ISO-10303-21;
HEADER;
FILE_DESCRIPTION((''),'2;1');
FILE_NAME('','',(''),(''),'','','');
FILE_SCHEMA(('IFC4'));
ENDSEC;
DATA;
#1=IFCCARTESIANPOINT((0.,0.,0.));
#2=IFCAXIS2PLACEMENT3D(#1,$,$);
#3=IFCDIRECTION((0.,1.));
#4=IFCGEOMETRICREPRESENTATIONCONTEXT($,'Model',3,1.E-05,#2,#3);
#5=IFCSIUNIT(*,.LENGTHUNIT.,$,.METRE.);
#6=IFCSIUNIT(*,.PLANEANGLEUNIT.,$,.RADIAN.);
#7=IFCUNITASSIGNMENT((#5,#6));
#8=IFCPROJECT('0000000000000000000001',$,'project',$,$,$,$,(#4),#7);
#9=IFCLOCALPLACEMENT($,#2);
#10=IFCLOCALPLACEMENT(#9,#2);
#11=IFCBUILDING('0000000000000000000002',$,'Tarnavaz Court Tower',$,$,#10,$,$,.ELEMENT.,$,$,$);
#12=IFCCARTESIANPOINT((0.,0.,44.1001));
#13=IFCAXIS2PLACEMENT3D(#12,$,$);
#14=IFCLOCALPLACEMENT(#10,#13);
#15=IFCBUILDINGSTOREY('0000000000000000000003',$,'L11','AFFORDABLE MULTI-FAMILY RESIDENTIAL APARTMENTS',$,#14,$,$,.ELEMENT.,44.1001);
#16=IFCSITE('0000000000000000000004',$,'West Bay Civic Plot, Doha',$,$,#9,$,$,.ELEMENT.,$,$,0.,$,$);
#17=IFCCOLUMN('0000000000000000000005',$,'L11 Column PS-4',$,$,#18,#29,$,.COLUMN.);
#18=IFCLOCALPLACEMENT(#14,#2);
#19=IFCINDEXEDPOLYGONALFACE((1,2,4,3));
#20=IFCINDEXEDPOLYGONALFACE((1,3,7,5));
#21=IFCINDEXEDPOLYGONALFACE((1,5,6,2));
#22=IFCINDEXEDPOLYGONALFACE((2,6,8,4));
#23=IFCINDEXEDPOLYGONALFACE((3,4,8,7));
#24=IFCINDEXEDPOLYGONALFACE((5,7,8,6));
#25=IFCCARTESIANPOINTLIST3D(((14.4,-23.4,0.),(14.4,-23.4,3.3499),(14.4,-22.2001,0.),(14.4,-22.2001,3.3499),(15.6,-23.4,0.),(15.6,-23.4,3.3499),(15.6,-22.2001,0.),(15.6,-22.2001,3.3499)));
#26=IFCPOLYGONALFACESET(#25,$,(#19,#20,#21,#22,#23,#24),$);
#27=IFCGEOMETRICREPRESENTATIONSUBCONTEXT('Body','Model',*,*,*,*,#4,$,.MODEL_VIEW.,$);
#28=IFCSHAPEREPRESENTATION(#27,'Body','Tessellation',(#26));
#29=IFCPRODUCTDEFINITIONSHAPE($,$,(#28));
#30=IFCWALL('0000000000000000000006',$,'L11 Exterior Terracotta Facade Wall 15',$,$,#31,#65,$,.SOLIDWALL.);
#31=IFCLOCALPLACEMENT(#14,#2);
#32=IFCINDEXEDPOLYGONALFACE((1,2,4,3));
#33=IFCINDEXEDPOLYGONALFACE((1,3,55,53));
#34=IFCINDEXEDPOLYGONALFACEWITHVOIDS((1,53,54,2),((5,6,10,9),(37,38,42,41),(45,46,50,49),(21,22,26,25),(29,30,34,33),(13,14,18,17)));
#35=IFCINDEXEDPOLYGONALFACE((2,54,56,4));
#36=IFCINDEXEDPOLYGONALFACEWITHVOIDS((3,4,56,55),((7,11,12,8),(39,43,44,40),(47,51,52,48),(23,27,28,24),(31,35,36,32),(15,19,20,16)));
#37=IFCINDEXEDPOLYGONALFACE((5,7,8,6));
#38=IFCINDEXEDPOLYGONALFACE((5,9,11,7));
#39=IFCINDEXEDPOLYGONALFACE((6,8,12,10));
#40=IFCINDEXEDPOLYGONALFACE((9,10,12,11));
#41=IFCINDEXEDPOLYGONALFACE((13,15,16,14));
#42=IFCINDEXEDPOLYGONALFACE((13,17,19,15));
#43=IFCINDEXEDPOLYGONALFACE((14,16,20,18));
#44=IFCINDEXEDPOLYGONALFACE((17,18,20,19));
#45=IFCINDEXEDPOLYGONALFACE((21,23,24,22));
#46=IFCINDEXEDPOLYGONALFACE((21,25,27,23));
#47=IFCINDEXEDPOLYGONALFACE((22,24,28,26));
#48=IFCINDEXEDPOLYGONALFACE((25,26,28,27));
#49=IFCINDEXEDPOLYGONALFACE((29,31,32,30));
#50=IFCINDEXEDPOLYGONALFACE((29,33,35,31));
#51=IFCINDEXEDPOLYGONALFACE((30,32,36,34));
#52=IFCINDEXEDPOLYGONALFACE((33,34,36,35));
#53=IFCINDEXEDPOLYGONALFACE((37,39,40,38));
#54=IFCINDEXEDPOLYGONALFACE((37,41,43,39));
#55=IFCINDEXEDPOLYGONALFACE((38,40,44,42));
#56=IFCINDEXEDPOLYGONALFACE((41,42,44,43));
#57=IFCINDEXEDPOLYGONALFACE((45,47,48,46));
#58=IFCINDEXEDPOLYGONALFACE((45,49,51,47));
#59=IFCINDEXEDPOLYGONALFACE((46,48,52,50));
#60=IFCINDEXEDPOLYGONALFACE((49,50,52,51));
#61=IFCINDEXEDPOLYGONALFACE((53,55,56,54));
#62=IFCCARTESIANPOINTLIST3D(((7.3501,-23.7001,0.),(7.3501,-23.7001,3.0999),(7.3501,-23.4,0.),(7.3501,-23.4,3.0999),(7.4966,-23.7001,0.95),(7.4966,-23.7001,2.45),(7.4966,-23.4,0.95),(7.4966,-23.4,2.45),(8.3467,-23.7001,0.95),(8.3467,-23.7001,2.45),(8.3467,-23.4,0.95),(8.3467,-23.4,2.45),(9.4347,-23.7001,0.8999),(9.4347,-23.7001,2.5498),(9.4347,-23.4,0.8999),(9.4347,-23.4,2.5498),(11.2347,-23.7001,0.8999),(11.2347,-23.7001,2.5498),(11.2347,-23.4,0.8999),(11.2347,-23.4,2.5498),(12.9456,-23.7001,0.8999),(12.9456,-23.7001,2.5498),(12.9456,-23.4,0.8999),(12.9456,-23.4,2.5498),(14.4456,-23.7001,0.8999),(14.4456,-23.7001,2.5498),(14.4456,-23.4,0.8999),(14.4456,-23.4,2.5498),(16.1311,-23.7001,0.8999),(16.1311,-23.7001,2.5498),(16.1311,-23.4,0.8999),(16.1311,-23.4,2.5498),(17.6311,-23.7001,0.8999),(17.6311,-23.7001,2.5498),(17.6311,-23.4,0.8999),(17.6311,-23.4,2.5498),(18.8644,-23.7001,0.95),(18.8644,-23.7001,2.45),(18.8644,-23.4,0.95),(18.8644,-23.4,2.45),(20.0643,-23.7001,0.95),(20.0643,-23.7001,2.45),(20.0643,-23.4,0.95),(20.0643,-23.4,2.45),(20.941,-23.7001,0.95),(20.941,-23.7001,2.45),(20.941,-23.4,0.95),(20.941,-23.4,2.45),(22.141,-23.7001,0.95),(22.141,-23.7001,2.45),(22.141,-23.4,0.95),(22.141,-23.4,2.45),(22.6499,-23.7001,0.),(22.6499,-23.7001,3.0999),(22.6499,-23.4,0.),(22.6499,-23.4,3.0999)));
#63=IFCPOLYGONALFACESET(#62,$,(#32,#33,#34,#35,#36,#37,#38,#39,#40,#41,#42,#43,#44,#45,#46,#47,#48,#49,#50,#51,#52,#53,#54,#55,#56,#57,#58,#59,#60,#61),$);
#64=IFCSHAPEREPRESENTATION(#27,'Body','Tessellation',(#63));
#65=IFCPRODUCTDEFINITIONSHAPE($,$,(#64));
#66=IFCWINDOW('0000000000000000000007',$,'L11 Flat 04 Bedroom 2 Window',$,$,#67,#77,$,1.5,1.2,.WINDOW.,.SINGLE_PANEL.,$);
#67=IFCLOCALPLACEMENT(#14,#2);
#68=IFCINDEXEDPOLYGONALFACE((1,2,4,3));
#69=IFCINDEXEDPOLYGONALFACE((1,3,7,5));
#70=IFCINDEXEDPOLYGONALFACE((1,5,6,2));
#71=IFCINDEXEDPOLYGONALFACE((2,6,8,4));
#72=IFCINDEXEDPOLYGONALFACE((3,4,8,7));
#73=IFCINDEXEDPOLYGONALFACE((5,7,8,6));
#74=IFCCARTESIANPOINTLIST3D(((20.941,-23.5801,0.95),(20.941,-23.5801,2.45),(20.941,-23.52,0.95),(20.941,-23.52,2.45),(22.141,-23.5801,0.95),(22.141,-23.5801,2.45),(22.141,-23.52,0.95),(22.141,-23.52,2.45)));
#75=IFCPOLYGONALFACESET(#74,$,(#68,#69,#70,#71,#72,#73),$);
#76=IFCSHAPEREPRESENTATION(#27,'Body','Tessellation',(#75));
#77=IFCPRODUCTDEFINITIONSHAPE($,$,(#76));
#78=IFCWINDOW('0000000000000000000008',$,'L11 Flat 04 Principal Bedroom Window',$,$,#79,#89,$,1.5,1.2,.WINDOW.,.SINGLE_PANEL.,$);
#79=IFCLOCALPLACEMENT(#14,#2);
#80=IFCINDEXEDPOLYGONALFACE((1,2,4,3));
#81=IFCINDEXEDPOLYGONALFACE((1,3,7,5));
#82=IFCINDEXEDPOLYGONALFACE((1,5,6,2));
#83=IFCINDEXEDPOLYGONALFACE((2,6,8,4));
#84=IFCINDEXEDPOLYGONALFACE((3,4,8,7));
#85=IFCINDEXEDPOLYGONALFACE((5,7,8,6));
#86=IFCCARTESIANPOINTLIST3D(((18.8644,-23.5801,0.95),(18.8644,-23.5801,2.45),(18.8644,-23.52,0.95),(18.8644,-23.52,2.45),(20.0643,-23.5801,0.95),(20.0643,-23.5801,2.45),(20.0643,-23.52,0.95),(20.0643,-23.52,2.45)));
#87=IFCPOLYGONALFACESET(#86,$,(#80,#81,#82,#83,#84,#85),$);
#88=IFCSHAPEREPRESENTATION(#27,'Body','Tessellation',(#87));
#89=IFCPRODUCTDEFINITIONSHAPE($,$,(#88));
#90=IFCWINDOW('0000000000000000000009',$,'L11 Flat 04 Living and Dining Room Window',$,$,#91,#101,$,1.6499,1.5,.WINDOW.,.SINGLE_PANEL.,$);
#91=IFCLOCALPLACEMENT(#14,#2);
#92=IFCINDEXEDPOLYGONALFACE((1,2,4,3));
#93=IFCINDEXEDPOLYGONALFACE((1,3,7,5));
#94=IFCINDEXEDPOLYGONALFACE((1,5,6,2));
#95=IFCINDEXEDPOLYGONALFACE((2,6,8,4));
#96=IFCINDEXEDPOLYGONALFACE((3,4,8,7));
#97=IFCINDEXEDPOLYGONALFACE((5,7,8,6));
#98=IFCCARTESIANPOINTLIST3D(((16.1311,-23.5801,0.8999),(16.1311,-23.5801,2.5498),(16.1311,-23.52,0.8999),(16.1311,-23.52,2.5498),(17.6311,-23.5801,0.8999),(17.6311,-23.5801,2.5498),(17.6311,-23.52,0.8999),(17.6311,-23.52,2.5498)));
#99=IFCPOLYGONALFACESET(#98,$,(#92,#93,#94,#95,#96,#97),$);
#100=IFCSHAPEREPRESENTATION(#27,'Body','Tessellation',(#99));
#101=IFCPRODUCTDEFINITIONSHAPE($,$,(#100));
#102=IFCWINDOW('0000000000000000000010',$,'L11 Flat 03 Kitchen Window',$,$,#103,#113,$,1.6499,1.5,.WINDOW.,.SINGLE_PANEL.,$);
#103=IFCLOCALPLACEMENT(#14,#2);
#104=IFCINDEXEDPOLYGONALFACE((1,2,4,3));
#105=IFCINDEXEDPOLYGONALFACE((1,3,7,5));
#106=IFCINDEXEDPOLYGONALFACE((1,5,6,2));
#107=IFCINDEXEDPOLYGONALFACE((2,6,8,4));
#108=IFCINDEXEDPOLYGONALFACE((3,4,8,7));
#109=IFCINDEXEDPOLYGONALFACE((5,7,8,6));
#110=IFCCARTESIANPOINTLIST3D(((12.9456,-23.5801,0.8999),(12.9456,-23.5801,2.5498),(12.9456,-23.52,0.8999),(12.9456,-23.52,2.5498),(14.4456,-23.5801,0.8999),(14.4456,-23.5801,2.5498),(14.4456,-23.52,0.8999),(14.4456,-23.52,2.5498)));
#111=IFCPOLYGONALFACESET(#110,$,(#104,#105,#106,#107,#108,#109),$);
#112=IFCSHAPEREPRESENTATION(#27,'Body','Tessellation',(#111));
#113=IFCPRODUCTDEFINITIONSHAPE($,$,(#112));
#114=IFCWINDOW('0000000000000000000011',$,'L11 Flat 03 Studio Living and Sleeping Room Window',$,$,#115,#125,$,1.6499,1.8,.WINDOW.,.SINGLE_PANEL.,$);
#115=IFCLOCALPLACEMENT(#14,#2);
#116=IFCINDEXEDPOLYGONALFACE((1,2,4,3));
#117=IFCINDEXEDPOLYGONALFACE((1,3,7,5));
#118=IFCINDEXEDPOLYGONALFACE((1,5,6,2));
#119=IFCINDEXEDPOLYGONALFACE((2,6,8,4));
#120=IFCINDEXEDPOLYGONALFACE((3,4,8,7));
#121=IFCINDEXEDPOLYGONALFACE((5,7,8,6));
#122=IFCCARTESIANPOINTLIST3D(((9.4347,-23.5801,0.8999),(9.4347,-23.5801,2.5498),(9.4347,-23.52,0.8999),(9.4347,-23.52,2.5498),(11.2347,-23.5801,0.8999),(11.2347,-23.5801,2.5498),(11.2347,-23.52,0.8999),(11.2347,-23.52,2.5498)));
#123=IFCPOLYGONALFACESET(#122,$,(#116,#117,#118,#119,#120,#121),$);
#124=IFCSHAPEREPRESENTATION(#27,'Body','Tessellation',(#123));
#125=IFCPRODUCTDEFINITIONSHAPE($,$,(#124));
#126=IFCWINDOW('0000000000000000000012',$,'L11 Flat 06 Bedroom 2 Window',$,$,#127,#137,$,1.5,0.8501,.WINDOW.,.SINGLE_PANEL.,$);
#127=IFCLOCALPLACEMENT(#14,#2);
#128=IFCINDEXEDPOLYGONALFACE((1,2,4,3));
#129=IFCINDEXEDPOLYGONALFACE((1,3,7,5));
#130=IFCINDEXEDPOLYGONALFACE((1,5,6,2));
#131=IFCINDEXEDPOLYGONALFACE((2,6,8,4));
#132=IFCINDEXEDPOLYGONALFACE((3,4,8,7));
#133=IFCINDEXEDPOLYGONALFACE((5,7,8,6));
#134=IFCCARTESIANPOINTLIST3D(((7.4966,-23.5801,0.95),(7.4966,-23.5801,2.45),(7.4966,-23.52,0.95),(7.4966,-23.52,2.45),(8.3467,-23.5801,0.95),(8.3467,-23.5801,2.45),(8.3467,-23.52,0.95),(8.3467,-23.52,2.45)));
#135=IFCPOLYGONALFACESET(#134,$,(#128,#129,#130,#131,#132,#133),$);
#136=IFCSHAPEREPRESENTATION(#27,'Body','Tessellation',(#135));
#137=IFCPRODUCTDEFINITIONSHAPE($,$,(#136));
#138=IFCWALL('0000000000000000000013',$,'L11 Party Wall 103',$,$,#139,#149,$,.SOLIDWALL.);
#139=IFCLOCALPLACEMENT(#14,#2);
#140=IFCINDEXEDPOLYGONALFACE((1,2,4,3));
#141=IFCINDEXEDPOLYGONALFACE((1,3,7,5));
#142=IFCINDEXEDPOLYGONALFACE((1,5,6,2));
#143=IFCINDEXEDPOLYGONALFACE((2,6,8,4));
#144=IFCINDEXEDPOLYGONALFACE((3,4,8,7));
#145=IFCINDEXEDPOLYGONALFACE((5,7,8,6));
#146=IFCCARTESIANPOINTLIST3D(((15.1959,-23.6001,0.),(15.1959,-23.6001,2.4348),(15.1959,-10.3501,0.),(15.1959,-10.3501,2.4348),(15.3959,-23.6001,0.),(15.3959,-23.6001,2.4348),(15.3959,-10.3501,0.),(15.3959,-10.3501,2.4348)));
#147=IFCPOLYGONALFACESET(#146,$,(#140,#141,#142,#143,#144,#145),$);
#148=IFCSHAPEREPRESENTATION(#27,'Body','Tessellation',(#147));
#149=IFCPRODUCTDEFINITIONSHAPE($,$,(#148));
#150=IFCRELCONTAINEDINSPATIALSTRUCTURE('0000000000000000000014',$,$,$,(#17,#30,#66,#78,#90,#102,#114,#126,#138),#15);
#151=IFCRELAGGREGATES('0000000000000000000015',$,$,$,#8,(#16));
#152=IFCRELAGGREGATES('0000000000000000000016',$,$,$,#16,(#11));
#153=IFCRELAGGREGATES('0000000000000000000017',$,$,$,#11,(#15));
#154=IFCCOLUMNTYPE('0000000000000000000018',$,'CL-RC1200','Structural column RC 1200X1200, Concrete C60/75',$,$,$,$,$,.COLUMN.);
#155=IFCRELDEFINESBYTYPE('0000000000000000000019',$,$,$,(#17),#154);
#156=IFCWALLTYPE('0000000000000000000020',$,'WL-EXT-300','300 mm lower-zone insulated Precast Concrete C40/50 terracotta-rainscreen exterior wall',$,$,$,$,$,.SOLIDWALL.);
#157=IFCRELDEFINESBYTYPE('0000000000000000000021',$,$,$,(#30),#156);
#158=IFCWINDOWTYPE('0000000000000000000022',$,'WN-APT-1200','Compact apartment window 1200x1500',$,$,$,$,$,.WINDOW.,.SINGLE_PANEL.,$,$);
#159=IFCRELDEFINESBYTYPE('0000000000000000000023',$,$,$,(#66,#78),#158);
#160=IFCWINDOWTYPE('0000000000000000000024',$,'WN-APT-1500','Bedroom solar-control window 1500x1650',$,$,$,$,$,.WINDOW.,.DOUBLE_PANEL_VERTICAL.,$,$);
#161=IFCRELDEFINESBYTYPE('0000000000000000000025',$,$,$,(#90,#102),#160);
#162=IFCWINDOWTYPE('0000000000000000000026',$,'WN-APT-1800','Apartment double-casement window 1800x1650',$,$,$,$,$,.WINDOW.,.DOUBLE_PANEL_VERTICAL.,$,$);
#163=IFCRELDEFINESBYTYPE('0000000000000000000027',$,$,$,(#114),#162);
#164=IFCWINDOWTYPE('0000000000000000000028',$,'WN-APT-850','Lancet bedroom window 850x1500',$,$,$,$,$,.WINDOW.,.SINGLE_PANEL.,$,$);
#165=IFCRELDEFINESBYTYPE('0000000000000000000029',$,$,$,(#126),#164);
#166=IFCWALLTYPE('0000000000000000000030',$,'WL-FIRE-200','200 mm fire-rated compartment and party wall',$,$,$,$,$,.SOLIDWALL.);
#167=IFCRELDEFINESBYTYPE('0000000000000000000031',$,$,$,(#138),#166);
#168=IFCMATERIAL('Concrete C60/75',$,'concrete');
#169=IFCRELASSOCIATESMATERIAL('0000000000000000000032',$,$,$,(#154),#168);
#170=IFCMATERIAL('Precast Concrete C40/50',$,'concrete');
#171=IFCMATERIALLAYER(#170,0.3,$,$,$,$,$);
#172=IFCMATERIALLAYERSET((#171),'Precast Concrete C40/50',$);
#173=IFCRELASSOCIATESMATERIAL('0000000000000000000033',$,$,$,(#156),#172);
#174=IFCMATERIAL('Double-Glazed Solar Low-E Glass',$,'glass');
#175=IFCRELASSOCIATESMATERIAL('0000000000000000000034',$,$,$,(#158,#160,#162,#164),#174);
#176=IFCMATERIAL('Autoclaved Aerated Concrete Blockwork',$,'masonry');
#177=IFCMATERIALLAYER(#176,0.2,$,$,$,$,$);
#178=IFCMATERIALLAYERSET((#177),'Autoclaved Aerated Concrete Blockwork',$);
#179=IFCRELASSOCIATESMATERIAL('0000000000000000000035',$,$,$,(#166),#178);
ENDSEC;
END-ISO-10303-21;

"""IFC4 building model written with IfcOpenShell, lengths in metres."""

from ifc_helpers import new_model, si_unit, direction, frame, frame_2d, origin, origin_2d, place, context, subcontext, project, spatial, rectangle, extrude, material, layer, layer_set, material_profile, profile_set, type_object, element, fill, save


model = new_model("IFC4")

# Units and contexts
model_context = context("Model", 3, precision=1e-05, world=origin(), true_north=direction((0.0, 1.0)))
body_context = subcontext(model_context, "Body", "Model", "MODEL_VIEW")
ifc_project = project(units=[si_unit("LENGTHUNIT", "METRE"), si_unit("PLANEANGLEUNIT", "RADIAN")], contexts=[model_context])

# Site, building, storey
site_placement = place(None, origin())
site = spatial("IfcSite", under=ifc_project, at=site_placement, Name="West Bay Civic Plot, Doha", CompositionType="ELEMENT", RefElevation=0.0)
building_placement = place(site_placement, origin())
building = spatial("IfcBuilding", under=site, at=building_placement, Name="Tarnavaz Court Tower", CompositionType="ELEMENT")
storey_placement = place(building_placement, frame((0.0, 0.0, 44.1001)))
storey = spatial("IfcBuildingStorey", under=building, at=storey_placement, Name="L11", Description="AFFORDABLE MULTI-FAMILY RESIDENTIAL APARTMENTS", CompositionType="ELEMENT", Elevation=44.1001)

# Column
ifc_material_1 = material(Name="Concrete C60/75", Category="concrete")
ifc_material_profile_1 = material_profile(ifc_material_1, rectangle(XDim=1.2, YDim=1.2, at=origin_2d()), Name="RC 1200X1200")
ifc_profile_set_1 = profile_set([ifc_material_profile_1], Name="Concrete C60/75")
column_type = type_object("IfcColumnType", Name="CL-RC1200", Description="Structural column RC 1200X1200, Concrete C60/75", PredefinedType="COLUMN", material=ifc_profile_set_1)
column_placement = place(storey_placement, frame((15.0, -22.8, 0.0), z_axis=(0.0, 0.0, 1.0), x_axis=(1.0, 0.0, 0.0)))
element("IfcColumn", 1, at=column_placement, inside=storey, type_object=column_type, Name="L11 Column PS-4", PredefinedType="COLUMN", context=body_context, shape_type="SweptSolid", body=[
    extrude(rectangle(XDim=1.2, YDim=1.2, at=origin_2d()), origin(), (0.0, 0.0, 1.0), 3.3499),
])

# Wall, openings, windows
ifc_material_2 = material(Name="Precast Concrete C40/50", Category="concrete")
ifc_layer_1 = layer(ifc_material_2, 0.3)
ifc_layer_set_1 = layer_set([ifc_layer_1], Name="Precast Concrete C40/50")
wall_type_1 = type_object("IfcWallType", Name="WL-EXT-300", Description="300 mm lower-zone insulated Precast Concrete C40/50 terracotta-rainscreen exterior wall", PredefinedType="SOLIDWALL", material=ifc_layer_set_1)
wall_1_placement = place(storey_placement, frame((22.6499, -23.55, 0.0), z_axis=(0.0, 0.0, 1.0), x_axis=(-1.0, 0.0, 0.0)))
wall_1 = element("IfcWall", 2, at=wall_1_placement, inside=storey, type_object=wall_type_1, Name="L11 Exterior Terracotta Facade Wall 15", PredefinedType="SOLIDWALL", context=body_context, shape_type="SweptSolid", body=[
    extrude(rectangle(XDim=15.2998, YDim=0.3, at=frame_2d((7.6499, 0.0))), origin(), (0.0, 0.0, 1.0), 3.0999),
])
opening_1_placement = place(wall_1_placement, frame((0.5088, 0.0, 0.95)))
opening_1 = element("IfcOpeningElement", 3, at=opening_1_placement, cuts=wall_1, PredefinedType="OPENING", context=body_context, shape_type="SweptSolid", body=[
    extrude(rectangle(XDim=1.2, YDim=1.5, at=frame_2d((0.6001, 0.75))), frame((0.0, 0.1599, 0.0), z_axis=(0.0, -1.0, 0.0), x_axis=(1.0, 0.0, 0.0)), (0.0, 0.0, 1.0), 0.3201),
])
opening_2_placement = place(wall_1_placement, frame((2.5854, 0.0, 0.95)))
opening_2 = element("IfcOpeningElement", 4, at=opening_2_placement, cuts=wall_1, PredefinedType="OPENING", context=body_context, shape_type="SweptSolid", body=[
    extrude(rectangle(XDim=1.2, YDim=1.5, at=frame_2d((0.6001, 0.75))), frame((0.0, 0.1599, 0.0), z_axis=(0.0, -1.0, 0.0), x_axis=(1.0, 0.0, 0.0)), (0.0, 0.0, 1.0), 0.3201),
])
opening_3_placement = place(wall_1_placement, frame((5.0188, 0.0, 0.8999)))
opening_3 = element("IfcOpeningElement", 5, at=opening_3_placement, cuts=wall_1, PredefinedType="OPENING", context=body_context, shape_type="SweptSolid", body=[
    extrude(rectangle(XDim=1.5, YDim=1.6499, at=frame_2d((0.75, 0.825))), frame((0.0, 0.1599, 0.0), z_axis=(0.0, -1.0, 0.0), x_axis=(1.0, 0.0, 0.0)), (0.0, 0.0, 1.0), 0.3201),
])
opening_4_placement = place(wall_1_placement, frame((8.2043, 0.0, 0.8999)))
opening_4 = element("IfcOpeningElement", 6, at=opening_4_placement, cuts=wall_1, PredefinedType="OPENING", context=body_context, shape_type="SweptSolid", body=[
    extrude(rectangle(XDim=1.5, YDim=1.6499, at=frame_2d((0.75, 0.825))), frame((0.0, 0.1599, 0.0), z_axis=(0.0, -1.0, 0.0), x_axis=(1.0, 0.0, 0.0)), (0.0, 0.0, 1.0), 0.3201),
])
opening_5_placement = place(wall_1_placement, frame((11.4153, 0.0, 0.8999)))
opening_5 = element("IfcOpeningElement", 7, at=opening_5_placement, cuts=wall_1, PredefinedType="OPENING", context=body_context, shape_type="SweptSolid", body=[
    extrude(rectangle(XDim=1.8, YDim=1.6499, at=frame_2d((0.8999, 0.825))), frame((0.0, 0.1599, 0.0), z_axis=(0.0, -1.0, 0.0), x_axis=(1.0, 0.0, 0.0)), (0.0, 0.0, 1.0), 0.3201),
])
opening_6_placement = place(wall_1_placement, frame((14.3032, 0.0, 0.95)))
opening_6 = element("IfcOpeningElement", 8, at=opening_6_placement, cuts=wall_1, PredefinedType="OPENING", context=body_context, shape_type="SweptSolid", body=[
    extrude(rectangle(XDim=0.8501, YDim=1.5, at=frame_2d((0.425, 0.75))), frame((0.0, 0.1599, 0.0), z_axis=(0.0, -1.0, 0.0), x_axis=(1.0, 0.0, 0.0)), (0.0, 0.0, 1.0), 0.3201),
])
ifc_material_3 = material(Name="Double-Glazed Solar Low-E Glass", Category="glass")
window_type_1 = type_object("IfcWindowType", Name="WN-APT-1200", Description="Compact apartment window 1200x1500", PartitioningType="SINGLE_PANEL", PredefinedType="WINDOW", material=ifc_material_3)
window_1_placement = place(opening_1_placement, origin())
window_1 = element("IfcWindow", 9, at=window_1_placement, inside=storey, type_object=window_type_1, Name="L11 Flat 04 Bedroom 2 Window", OverallHeight=1.5, OverallWidth=1.2, PartitioningType="SINGLE_PANEL", PredefinedType="WINDOW", context=body_context, shape_type="SweptSolid", body=[
    extrude(rectangle(XDim=1.2, YDim=1.5, at=frame_2d((0.6001, 0.75))), frame((0.0, 0.03, 0.0), z_axis=(0.0, -1.0, 0.0), x_axis=(1.0, 0.0, 0.0)), (0.0, 0.0, 1.0), 0.0601),
])
fill(opening_1, window_1)
window_2_placement = place(opening_2_placement, origin())
window_2 = element("IfcWindow", 10, at=window_2_placement, inside=storey, type_object=window_type_1, Name="L11 Flat 04 Principal Bedroom Window", OverallHeight=1.5, OverallWidth=1.2, PartitioningType="SINGLE_PANEL", PredefinedType="WINDOW", context=body_context, shape_type="SweptSolid", body=[
    extrude(rectangle(XDim=1.2, YDim=1.5, at=frame_2d((0.6001, 0.75))), frame((0.0, 0.03, 0.0), z_axis=(0.0, -1.0, 0.0), x_axis=(1.0, 0.0, 0.0)), (0.0, 0.0, 1.0), 0.0601),
])
fill(opening_2, window_2)
window_type_2 = type_object("IfcWindowType", Name="WN-APT-1500", Description="Bedroom solar-control window 1500x1650", PartitioningType="DOUBLE_PANEL_VERTICAL", PredefinedType="WINDOW", material=ifc_material_3)
window_3_placement = place(opening_3_placement, origin())
window_3 = element("IfcWindow", 11, at=window_3_placement, inside=storey, type_object=window_type_2, Name="L11 Flat 04 Living and Dining Room Window", OverallHeight=1.6499, OverallWidth=1.5, PartitioningType="SINGLE_PANEL", PredefinedType="WINDOW", context=body_context, shape_type="SweptSolid", body=[
    extrude(rectangle(XDim=1.5, YDim=1.6499, at=frame_2d((0.75, 0.825))), frame((0.0, 0.03, 0.0), z_axis=(0.0, -1.0, 0.0), x_axis=(1.0, 0.0, 0.0)), (0.0, 0.0, 1.0), 0.0601),
])
fill(opening_3, window_3)
window_4_placement = place(opening_4_placement, origin())
window_4 = element("IfcWindow", 12, at=window_4_placement, inside=storey, type_object=window_type_2, Name="L11 Flat 03 Kitchen Window", OverallHeight=1.6499, OverallWidth=1.5, PartitioningType="SINGLE_PANEL", PredefinedType="WINDOW", context=body_context, shape_type="SweptSolid", body=[
    extrude(rectangle(XDim=1.5, YDim=1.6499, at=frame_2d((0.75, 0.825))), frame((0.0, 0.03, 0.0), z_axis=(0.0, -1.0, 0.0), x_axis=(1.0, 0.0, 0.0)), (0.0, 0.0, 1.0), 0.0601),
])
fill(opening_4, window_4)
window_type_3 = type_object("IfcWindowType", Name="WN-APT-1800", Description="Apartment double-casement window 1800x1650", PartitioningType="DOUBLE_PANEL_VERTICAL", PredefinedType="WINDOW", material=ifc_material_3)
window_5_placement = place(opening_5_placement, origin())
window_5 = element("IfcWindow", 13, at=window_5_placement, inside=storey, type_object=window_type_3, Name="L11 Flat 03 Studio Living and Sleeping Room Window", OverallHeight=1.6499, OverallWidth=1.8, PartitioningType="SINGLE_PANEL", PredefinedType="WINDOW", context=body_context, shape_type="SweptSolid", body=[
    extrude(rectangle(XDim=1.8, YDim=1.6499, at=frame_2d((0.8999, 0.825))), frame((0.0, 0.03, 0.0), z_axis=(0.0, -1.0, 0.0), x_axis=(1.0, 0.0, 0.0)), (0.0, 0.0, 1.0), 0.0601),
])
fill(opening_5, window_5)
window_type_4 = type_object("IfcWindowType", Name="WN-APT-850", Description="Lancet bedroom window 850x1500", PartitioningType="SINGLE_PANEL", PredefinedType="WINDOW", material=ifc_material_3)
window_6_placement = place(opening_6_placement, origin())
window_6 = element("IfcWindow", 14, at=window_6_placement, inside=storey, type_object=window_type_4, Name="L11 Flat 06 Bedroom 2 Window", OverallHeight=1.5, OverallWidth=0.8501, PartitioningType="SINGLE_PANEL", PredefinedType="WINDOW", context=body_context, shape_type="SweptSolid", body=[
    extrude(rectangle(XDim=0.8501, YDim=1.5, at=frame_2d((0.425, 0.75))), frame((0.0, 0.03, 0.0), z_axis=(0.0, -1.0, 0.0), x_axis=(1.0, 0.0, 0.0)), (0.0, 0.0, 1.0), 0.0601),
])
fill(opening_6, window_6)

# Wall
ifc_material_4 = material(Name="Autoclaved Aerated Concrete Blockwork", Category="masonry")
ifc_layer_2 = layer(ifc_material_4, 0.2)
ifc_layer_set_2 = layer_set([ifc_layer_2], Name="Autoclaved Aerated Concrete Blockwork")
wall_type_2 = type_object("IfcWallType", Name="WL-FIRE-200", Description="200 mm fire-rated compartment and party wall", PredefinedType="SOLIDWALL", material=ifc_layer_set_2)
wall_2_placement = place(storey_placement, frame((15.2959, -23.6001, 0.0), z_axis=(0.0, 0.0, 1.0), x_axis=(0.0, 1.0, 0.0)))
element("IfcWall", 15, at=wall_2_placement, inside=storey, type_object=wall_type_2, Name="L11 Party Wall 103", PredefinedType="SOLIDWALL", context=body_context, shape_type="SweptSolid", body=[
    extrude(rectangle(XDim=13.25, YDim=0.2, at=frame_2d((6.625, 0.0))), origin(), (0.0, 0.0, 1.0), 2.4348),
])

save(model, "model.ifc")
